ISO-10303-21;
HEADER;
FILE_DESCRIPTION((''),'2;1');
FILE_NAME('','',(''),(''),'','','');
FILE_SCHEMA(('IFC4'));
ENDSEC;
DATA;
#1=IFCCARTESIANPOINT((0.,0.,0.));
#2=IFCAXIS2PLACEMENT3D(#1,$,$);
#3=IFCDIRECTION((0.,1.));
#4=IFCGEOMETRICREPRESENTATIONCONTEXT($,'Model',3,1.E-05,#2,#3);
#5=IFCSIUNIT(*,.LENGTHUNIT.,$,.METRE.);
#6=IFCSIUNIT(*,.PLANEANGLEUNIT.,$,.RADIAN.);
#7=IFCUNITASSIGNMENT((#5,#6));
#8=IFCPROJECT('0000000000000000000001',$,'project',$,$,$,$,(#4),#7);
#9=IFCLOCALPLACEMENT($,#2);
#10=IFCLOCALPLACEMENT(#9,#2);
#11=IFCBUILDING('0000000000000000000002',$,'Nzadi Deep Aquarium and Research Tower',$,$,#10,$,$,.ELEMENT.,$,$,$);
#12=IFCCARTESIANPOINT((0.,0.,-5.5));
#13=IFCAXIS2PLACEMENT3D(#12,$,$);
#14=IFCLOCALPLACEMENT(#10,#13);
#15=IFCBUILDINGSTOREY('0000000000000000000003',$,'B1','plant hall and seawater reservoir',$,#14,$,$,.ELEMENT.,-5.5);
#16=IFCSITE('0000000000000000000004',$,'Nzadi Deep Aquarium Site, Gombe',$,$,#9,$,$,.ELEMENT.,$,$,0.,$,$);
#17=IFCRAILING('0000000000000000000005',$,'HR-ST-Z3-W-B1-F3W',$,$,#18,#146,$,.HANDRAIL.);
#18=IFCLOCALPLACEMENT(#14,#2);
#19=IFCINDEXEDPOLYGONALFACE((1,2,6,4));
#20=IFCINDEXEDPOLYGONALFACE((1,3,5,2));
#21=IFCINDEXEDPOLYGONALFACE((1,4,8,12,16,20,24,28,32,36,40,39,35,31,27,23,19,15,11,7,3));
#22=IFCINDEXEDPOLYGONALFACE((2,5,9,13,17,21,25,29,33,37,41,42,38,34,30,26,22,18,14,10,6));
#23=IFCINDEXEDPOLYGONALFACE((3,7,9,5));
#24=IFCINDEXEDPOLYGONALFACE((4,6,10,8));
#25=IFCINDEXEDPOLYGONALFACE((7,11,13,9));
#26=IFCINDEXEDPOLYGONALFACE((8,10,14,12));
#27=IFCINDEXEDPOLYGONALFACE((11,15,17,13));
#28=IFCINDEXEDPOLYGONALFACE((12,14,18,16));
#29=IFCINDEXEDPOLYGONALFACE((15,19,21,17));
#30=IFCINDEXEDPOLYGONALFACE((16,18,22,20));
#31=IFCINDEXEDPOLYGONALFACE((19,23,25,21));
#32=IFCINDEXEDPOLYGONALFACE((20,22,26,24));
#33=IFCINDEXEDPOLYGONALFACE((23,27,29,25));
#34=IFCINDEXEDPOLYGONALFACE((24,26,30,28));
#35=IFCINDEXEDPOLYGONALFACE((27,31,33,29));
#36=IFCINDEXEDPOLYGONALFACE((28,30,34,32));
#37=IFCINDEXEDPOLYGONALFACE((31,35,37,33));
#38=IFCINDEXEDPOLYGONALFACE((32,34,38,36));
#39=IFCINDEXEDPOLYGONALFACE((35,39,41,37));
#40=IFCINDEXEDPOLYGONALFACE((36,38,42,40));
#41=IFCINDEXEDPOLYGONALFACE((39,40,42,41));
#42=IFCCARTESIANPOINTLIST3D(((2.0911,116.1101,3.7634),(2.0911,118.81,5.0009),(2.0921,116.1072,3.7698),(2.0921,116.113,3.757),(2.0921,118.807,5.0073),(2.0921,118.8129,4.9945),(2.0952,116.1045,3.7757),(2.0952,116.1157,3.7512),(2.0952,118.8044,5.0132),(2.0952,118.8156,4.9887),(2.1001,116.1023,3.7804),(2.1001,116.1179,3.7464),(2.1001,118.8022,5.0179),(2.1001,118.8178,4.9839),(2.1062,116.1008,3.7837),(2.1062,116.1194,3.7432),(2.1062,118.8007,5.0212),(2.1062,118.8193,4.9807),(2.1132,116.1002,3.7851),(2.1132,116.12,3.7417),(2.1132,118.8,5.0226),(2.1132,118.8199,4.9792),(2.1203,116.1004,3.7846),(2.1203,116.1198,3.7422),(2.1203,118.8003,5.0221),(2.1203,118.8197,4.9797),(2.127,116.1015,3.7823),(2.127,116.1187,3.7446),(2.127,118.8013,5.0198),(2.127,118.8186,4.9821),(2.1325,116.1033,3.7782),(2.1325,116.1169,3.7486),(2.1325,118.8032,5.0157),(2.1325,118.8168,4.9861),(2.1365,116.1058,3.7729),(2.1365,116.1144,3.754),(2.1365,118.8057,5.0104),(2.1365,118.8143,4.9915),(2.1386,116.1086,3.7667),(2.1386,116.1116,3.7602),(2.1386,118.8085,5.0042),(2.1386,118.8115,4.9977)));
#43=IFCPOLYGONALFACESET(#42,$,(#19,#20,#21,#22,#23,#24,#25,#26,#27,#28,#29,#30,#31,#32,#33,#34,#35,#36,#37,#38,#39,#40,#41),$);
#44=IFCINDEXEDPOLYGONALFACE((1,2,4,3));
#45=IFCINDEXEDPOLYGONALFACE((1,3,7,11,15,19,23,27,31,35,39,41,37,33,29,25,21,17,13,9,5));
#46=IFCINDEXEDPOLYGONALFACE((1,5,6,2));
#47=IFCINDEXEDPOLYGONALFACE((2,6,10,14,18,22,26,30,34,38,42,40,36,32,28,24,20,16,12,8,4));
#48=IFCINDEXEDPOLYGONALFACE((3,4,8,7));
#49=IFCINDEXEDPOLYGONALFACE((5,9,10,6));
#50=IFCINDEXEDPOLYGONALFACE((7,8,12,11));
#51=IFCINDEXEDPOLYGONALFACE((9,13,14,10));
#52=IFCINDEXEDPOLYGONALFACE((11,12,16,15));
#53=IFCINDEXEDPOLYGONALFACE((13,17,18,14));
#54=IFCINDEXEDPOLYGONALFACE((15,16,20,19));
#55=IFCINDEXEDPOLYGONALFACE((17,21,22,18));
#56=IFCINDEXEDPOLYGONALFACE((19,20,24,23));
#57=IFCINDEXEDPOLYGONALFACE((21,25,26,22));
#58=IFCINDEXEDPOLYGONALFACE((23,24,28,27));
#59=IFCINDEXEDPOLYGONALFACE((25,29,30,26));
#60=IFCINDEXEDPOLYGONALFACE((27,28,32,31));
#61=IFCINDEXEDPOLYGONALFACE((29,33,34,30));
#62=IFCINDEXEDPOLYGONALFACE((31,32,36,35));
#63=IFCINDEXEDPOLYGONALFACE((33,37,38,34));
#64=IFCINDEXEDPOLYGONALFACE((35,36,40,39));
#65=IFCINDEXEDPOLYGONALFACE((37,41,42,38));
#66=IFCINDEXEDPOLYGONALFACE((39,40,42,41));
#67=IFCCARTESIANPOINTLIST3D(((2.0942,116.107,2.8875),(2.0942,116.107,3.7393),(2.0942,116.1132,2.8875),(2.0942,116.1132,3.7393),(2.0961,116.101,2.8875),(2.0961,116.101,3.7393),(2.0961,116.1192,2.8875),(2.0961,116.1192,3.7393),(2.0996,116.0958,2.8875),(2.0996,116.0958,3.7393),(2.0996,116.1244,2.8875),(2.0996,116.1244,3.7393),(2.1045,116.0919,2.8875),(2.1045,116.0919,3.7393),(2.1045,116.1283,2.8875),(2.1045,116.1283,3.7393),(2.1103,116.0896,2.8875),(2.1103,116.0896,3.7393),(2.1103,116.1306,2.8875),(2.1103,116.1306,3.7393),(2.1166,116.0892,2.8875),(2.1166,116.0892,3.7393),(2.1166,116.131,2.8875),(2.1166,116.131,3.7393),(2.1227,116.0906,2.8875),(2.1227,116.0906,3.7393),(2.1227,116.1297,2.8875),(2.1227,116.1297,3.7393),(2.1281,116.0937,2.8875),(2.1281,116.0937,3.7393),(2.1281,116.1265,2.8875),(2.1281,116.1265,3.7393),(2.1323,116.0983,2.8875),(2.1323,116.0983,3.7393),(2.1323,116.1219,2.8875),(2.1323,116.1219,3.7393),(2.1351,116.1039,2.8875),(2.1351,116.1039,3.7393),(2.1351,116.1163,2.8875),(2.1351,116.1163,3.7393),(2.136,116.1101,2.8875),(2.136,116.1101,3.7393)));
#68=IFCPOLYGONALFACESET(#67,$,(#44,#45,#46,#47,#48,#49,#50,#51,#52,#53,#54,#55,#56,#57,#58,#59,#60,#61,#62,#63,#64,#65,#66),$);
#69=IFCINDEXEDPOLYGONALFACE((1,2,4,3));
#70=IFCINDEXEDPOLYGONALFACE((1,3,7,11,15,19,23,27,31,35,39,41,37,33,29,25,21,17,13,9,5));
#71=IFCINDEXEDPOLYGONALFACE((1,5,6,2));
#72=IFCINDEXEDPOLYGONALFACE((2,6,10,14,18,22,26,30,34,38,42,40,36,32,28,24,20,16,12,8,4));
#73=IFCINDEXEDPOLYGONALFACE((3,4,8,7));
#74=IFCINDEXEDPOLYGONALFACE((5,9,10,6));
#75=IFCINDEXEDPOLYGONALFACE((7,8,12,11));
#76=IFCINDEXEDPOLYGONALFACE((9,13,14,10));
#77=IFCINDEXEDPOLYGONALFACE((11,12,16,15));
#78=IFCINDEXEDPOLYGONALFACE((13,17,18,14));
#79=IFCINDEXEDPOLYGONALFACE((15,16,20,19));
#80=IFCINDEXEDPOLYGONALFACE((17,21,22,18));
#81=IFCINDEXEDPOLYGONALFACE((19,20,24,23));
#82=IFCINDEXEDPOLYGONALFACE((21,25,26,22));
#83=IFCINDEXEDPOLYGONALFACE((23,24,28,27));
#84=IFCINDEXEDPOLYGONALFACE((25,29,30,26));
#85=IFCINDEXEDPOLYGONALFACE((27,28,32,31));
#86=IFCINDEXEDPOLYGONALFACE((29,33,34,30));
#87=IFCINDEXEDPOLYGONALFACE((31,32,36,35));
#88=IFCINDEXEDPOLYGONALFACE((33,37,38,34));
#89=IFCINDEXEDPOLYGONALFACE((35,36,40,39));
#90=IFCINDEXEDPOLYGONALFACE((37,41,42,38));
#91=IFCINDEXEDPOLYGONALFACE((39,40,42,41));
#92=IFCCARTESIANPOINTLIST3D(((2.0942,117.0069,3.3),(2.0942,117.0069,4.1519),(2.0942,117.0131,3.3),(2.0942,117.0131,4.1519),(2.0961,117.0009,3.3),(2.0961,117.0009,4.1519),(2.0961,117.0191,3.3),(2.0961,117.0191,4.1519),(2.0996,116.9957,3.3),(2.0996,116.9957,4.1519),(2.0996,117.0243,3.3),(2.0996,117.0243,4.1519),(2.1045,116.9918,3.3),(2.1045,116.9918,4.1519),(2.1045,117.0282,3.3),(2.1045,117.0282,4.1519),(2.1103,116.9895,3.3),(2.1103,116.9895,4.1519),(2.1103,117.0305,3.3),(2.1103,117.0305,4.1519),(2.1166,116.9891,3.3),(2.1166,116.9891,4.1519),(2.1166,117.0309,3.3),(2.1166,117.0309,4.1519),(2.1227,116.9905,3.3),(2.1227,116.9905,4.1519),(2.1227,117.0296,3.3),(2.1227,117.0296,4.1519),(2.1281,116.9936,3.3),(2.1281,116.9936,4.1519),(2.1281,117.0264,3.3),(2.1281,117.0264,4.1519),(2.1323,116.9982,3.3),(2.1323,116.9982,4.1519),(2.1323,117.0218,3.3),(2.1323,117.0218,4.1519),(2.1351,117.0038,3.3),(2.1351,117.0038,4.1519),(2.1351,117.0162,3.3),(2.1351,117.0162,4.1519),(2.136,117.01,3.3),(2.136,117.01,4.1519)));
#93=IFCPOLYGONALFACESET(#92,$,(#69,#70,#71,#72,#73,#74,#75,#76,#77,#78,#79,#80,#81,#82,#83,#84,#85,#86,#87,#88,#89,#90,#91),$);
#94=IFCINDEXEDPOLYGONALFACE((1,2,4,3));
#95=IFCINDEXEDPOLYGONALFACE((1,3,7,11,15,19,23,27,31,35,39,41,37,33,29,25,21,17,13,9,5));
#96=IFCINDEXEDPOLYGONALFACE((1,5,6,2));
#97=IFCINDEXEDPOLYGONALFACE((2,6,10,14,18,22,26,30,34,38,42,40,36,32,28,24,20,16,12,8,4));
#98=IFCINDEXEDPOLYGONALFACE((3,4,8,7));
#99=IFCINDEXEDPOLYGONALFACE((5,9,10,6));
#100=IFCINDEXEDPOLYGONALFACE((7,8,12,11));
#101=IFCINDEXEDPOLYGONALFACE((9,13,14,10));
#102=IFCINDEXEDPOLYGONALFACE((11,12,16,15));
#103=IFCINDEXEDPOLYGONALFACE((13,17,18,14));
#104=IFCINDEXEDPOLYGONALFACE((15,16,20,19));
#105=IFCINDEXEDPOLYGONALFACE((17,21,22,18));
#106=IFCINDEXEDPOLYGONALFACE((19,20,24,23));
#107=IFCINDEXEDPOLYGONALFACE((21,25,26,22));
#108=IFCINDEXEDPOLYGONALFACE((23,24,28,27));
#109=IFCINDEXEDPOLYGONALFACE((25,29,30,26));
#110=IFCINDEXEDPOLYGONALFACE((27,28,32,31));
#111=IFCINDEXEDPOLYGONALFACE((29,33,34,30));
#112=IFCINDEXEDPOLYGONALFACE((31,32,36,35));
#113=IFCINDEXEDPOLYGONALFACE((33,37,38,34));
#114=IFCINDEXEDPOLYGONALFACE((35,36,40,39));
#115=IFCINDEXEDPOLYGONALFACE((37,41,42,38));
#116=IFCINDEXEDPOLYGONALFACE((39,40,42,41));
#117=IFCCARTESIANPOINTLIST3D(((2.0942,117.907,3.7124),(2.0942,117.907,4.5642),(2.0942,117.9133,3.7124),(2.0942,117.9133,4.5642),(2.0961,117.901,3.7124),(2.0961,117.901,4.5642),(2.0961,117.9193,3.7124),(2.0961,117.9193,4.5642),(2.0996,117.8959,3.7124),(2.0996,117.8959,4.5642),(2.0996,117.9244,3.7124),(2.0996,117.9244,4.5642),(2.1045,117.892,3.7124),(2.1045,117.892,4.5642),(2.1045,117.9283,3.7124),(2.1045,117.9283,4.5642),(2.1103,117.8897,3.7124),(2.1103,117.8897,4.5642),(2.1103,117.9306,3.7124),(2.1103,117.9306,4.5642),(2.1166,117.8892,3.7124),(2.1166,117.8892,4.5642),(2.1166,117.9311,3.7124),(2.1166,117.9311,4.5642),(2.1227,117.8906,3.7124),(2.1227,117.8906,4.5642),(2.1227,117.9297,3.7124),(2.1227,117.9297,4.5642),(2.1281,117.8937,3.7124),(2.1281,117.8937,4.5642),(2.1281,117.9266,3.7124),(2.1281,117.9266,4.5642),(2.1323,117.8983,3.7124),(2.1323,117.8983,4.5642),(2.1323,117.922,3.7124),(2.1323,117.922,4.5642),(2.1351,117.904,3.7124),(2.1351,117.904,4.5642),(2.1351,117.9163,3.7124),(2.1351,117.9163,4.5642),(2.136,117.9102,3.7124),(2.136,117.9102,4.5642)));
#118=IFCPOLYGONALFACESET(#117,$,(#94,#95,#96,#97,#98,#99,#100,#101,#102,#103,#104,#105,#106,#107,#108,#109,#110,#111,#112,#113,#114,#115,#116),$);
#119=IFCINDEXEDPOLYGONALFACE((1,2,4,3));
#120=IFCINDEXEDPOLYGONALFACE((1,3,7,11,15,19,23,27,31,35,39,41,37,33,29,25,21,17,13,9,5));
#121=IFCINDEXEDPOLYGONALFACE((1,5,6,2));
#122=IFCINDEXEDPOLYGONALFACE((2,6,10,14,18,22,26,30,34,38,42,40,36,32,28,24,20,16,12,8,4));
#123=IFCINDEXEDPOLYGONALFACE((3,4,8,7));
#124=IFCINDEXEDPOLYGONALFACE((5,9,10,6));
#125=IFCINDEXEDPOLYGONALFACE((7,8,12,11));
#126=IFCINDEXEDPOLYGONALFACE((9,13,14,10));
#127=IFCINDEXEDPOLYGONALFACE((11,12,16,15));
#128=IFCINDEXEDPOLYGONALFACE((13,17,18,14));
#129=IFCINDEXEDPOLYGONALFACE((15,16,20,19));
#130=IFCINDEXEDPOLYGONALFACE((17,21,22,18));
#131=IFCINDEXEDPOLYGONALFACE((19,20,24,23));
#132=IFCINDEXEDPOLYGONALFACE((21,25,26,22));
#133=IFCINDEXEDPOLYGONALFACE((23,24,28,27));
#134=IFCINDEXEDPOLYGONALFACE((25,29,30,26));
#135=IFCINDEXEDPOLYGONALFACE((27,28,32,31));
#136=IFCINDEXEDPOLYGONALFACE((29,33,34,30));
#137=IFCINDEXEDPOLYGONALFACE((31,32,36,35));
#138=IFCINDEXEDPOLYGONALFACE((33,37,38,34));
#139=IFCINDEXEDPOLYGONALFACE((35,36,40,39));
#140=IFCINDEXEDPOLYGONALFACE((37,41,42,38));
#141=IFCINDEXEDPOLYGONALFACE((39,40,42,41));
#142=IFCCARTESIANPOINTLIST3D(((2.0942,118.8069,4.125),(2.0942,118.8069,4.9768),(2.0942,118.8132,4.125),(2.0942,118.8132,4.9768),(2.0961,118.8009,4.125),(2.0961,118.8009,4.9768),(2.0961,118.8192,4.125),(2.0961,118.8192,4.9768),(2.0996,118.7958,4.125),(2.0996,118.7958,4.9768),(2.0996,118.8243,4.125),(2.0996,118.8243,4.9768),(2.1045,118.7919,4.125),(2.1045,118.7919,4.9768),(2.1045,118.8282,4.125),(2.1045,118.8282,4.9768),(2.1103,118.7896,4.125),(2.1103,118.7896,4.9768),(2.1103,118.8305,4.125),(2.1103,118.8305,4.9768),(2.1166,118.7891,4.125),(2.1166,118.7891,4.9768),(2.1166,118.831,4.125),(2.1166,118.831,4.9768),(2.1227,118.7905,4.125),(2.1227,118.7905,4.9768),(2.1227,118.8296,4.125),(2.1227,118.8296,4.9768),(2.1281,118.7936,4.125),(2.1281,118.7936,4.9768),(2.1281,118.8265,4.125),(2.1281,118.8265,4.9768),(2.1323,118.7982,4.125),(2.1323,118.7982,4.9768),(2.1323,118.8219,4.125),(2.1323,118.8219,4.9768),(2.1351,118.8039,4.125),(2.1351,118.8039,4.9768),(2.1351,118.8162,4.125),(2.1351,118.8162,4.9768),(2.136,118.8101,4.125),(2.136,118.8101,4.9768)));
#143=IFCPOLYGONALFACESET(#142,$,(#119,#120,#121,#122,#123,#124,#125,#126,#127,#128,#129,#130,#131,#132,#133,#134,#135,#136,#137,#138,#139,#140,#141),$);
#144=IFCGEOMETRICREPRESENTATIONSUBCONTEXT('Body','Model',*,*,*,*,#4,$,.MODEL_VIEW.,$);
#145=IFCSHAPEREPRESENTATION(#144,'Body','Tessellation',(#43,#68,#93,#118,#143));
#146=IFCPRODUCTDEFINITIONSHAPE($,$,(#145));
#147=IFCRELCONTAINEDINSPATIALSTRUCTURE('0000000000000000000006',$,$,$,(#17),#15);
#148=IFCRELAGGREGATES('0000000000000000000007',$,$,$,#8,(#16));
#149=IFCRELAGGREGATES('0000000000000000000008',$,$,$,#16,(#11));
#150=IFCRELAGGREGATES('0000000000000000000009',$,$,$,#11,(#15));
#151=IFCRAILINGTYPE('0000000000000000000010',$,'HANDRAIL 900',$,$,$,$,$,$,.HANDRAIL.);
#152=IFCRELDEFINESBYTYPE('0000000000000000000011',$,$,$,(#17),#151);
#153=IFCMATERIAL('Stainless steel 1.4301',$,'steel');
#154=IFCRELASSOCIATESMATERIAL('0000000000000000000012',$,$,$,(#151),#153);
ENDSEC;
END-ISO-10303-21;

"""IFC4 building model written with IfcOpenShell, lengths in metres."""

from ifc_helpers import new_model, si_unit, direction, frame, origin, origin_2d, place, context, subcontext, project, spatial, circle, extrude, material, type_object, element, save


model = new_model("IFC4")

# Units and contexts
model_context = context("Model", 3, precision=1e-05, world=origin(), true_north=direction((0.0, 1.0)))
body_context = subcontext(model_context, "Body", "Model", "MODEL_VIEW")
ifc_project = project(units=[si_unit("LENGTHUNIT", "METRE"), si_unit("PLANEANGLEUNIT", "RADIAN")], contexts=[model_context])

# Site, building, storey
site_placement = place(None, origin())
site = spatial("IfcSite", under=ifc_project, at=site_placement, Name="Nzadi Deep Aquarium Site, Gombe", CompositionType="ELEMENT", RefElevation=0.0)
building_placement = place(site_placement, origin())
building = spatial("IfcBuilding", under=site, at=building_placement, Name="Nzadi Deep Aquarium and Research Tower", CompositionType="ELEMENT")
storey_placement = place(building_placement, frame((0.0, 0.0, -5.5)))
storey = spatial("IfcBuildingStorey", under=building, at=storey_placement, Name="B1", Description="plant hall and seawater reservoir", CompositionType="ELEMENT", Elevation=-5.5)

# Railing
ifc_material_1 = material(Name="Stainless steel 1.4301", Category="steel")
railing_type = type_object("IfcRailingType", Name="HANDRAIL 900", PredefinedType="HANDRAIL", material=ifc_material_1)
for number, where, name in (
    (1, (2.115, 116.1101, 2.8875), "HR-ST-Z3-W-B1-F3W"),
):
    element("IfcRailing", number, at=place(storey_placement, frame(where)), inside=storey, type_object=railing_type, Name=name, PredefinedType="HANDRAIL", context=body_context, shape_type="SweptSolid", body=[
        extrude(circle(Radius=0.0239, at=origin_2d()), frame((0.0, 0.0, 0.876), z_axis=(0.0, 0.909056, 0.416675), x_axis=(-1.0, 0.0, 0.0)), (0.0, 0.0, 1.0), 2.97),
        extrude(circle(Radius=0.021, at=origin_2d()), origin(), (0.0, 0.0, 1.0), 0.8518),
        extrude(circle(Radius=0.021, at=origin_2d()), frame((0.0, 0.8999, 0.4126)), (0.0, 0.0, 1.0), 0.8518),
        extrude(circle(Radius=0.021, at=origin_2d()), frame((0.0, 1.8, 0.825)), (0.0, 0.0, 1.0), 0.8518),
        extrude(circle(Radius=0.021, at=origin_2d()), frame((0.0, 2.7, 1.2375)), (0.0, 0.0, 1.0), 0.8518),
    ])

save(model, "model.ifc")
